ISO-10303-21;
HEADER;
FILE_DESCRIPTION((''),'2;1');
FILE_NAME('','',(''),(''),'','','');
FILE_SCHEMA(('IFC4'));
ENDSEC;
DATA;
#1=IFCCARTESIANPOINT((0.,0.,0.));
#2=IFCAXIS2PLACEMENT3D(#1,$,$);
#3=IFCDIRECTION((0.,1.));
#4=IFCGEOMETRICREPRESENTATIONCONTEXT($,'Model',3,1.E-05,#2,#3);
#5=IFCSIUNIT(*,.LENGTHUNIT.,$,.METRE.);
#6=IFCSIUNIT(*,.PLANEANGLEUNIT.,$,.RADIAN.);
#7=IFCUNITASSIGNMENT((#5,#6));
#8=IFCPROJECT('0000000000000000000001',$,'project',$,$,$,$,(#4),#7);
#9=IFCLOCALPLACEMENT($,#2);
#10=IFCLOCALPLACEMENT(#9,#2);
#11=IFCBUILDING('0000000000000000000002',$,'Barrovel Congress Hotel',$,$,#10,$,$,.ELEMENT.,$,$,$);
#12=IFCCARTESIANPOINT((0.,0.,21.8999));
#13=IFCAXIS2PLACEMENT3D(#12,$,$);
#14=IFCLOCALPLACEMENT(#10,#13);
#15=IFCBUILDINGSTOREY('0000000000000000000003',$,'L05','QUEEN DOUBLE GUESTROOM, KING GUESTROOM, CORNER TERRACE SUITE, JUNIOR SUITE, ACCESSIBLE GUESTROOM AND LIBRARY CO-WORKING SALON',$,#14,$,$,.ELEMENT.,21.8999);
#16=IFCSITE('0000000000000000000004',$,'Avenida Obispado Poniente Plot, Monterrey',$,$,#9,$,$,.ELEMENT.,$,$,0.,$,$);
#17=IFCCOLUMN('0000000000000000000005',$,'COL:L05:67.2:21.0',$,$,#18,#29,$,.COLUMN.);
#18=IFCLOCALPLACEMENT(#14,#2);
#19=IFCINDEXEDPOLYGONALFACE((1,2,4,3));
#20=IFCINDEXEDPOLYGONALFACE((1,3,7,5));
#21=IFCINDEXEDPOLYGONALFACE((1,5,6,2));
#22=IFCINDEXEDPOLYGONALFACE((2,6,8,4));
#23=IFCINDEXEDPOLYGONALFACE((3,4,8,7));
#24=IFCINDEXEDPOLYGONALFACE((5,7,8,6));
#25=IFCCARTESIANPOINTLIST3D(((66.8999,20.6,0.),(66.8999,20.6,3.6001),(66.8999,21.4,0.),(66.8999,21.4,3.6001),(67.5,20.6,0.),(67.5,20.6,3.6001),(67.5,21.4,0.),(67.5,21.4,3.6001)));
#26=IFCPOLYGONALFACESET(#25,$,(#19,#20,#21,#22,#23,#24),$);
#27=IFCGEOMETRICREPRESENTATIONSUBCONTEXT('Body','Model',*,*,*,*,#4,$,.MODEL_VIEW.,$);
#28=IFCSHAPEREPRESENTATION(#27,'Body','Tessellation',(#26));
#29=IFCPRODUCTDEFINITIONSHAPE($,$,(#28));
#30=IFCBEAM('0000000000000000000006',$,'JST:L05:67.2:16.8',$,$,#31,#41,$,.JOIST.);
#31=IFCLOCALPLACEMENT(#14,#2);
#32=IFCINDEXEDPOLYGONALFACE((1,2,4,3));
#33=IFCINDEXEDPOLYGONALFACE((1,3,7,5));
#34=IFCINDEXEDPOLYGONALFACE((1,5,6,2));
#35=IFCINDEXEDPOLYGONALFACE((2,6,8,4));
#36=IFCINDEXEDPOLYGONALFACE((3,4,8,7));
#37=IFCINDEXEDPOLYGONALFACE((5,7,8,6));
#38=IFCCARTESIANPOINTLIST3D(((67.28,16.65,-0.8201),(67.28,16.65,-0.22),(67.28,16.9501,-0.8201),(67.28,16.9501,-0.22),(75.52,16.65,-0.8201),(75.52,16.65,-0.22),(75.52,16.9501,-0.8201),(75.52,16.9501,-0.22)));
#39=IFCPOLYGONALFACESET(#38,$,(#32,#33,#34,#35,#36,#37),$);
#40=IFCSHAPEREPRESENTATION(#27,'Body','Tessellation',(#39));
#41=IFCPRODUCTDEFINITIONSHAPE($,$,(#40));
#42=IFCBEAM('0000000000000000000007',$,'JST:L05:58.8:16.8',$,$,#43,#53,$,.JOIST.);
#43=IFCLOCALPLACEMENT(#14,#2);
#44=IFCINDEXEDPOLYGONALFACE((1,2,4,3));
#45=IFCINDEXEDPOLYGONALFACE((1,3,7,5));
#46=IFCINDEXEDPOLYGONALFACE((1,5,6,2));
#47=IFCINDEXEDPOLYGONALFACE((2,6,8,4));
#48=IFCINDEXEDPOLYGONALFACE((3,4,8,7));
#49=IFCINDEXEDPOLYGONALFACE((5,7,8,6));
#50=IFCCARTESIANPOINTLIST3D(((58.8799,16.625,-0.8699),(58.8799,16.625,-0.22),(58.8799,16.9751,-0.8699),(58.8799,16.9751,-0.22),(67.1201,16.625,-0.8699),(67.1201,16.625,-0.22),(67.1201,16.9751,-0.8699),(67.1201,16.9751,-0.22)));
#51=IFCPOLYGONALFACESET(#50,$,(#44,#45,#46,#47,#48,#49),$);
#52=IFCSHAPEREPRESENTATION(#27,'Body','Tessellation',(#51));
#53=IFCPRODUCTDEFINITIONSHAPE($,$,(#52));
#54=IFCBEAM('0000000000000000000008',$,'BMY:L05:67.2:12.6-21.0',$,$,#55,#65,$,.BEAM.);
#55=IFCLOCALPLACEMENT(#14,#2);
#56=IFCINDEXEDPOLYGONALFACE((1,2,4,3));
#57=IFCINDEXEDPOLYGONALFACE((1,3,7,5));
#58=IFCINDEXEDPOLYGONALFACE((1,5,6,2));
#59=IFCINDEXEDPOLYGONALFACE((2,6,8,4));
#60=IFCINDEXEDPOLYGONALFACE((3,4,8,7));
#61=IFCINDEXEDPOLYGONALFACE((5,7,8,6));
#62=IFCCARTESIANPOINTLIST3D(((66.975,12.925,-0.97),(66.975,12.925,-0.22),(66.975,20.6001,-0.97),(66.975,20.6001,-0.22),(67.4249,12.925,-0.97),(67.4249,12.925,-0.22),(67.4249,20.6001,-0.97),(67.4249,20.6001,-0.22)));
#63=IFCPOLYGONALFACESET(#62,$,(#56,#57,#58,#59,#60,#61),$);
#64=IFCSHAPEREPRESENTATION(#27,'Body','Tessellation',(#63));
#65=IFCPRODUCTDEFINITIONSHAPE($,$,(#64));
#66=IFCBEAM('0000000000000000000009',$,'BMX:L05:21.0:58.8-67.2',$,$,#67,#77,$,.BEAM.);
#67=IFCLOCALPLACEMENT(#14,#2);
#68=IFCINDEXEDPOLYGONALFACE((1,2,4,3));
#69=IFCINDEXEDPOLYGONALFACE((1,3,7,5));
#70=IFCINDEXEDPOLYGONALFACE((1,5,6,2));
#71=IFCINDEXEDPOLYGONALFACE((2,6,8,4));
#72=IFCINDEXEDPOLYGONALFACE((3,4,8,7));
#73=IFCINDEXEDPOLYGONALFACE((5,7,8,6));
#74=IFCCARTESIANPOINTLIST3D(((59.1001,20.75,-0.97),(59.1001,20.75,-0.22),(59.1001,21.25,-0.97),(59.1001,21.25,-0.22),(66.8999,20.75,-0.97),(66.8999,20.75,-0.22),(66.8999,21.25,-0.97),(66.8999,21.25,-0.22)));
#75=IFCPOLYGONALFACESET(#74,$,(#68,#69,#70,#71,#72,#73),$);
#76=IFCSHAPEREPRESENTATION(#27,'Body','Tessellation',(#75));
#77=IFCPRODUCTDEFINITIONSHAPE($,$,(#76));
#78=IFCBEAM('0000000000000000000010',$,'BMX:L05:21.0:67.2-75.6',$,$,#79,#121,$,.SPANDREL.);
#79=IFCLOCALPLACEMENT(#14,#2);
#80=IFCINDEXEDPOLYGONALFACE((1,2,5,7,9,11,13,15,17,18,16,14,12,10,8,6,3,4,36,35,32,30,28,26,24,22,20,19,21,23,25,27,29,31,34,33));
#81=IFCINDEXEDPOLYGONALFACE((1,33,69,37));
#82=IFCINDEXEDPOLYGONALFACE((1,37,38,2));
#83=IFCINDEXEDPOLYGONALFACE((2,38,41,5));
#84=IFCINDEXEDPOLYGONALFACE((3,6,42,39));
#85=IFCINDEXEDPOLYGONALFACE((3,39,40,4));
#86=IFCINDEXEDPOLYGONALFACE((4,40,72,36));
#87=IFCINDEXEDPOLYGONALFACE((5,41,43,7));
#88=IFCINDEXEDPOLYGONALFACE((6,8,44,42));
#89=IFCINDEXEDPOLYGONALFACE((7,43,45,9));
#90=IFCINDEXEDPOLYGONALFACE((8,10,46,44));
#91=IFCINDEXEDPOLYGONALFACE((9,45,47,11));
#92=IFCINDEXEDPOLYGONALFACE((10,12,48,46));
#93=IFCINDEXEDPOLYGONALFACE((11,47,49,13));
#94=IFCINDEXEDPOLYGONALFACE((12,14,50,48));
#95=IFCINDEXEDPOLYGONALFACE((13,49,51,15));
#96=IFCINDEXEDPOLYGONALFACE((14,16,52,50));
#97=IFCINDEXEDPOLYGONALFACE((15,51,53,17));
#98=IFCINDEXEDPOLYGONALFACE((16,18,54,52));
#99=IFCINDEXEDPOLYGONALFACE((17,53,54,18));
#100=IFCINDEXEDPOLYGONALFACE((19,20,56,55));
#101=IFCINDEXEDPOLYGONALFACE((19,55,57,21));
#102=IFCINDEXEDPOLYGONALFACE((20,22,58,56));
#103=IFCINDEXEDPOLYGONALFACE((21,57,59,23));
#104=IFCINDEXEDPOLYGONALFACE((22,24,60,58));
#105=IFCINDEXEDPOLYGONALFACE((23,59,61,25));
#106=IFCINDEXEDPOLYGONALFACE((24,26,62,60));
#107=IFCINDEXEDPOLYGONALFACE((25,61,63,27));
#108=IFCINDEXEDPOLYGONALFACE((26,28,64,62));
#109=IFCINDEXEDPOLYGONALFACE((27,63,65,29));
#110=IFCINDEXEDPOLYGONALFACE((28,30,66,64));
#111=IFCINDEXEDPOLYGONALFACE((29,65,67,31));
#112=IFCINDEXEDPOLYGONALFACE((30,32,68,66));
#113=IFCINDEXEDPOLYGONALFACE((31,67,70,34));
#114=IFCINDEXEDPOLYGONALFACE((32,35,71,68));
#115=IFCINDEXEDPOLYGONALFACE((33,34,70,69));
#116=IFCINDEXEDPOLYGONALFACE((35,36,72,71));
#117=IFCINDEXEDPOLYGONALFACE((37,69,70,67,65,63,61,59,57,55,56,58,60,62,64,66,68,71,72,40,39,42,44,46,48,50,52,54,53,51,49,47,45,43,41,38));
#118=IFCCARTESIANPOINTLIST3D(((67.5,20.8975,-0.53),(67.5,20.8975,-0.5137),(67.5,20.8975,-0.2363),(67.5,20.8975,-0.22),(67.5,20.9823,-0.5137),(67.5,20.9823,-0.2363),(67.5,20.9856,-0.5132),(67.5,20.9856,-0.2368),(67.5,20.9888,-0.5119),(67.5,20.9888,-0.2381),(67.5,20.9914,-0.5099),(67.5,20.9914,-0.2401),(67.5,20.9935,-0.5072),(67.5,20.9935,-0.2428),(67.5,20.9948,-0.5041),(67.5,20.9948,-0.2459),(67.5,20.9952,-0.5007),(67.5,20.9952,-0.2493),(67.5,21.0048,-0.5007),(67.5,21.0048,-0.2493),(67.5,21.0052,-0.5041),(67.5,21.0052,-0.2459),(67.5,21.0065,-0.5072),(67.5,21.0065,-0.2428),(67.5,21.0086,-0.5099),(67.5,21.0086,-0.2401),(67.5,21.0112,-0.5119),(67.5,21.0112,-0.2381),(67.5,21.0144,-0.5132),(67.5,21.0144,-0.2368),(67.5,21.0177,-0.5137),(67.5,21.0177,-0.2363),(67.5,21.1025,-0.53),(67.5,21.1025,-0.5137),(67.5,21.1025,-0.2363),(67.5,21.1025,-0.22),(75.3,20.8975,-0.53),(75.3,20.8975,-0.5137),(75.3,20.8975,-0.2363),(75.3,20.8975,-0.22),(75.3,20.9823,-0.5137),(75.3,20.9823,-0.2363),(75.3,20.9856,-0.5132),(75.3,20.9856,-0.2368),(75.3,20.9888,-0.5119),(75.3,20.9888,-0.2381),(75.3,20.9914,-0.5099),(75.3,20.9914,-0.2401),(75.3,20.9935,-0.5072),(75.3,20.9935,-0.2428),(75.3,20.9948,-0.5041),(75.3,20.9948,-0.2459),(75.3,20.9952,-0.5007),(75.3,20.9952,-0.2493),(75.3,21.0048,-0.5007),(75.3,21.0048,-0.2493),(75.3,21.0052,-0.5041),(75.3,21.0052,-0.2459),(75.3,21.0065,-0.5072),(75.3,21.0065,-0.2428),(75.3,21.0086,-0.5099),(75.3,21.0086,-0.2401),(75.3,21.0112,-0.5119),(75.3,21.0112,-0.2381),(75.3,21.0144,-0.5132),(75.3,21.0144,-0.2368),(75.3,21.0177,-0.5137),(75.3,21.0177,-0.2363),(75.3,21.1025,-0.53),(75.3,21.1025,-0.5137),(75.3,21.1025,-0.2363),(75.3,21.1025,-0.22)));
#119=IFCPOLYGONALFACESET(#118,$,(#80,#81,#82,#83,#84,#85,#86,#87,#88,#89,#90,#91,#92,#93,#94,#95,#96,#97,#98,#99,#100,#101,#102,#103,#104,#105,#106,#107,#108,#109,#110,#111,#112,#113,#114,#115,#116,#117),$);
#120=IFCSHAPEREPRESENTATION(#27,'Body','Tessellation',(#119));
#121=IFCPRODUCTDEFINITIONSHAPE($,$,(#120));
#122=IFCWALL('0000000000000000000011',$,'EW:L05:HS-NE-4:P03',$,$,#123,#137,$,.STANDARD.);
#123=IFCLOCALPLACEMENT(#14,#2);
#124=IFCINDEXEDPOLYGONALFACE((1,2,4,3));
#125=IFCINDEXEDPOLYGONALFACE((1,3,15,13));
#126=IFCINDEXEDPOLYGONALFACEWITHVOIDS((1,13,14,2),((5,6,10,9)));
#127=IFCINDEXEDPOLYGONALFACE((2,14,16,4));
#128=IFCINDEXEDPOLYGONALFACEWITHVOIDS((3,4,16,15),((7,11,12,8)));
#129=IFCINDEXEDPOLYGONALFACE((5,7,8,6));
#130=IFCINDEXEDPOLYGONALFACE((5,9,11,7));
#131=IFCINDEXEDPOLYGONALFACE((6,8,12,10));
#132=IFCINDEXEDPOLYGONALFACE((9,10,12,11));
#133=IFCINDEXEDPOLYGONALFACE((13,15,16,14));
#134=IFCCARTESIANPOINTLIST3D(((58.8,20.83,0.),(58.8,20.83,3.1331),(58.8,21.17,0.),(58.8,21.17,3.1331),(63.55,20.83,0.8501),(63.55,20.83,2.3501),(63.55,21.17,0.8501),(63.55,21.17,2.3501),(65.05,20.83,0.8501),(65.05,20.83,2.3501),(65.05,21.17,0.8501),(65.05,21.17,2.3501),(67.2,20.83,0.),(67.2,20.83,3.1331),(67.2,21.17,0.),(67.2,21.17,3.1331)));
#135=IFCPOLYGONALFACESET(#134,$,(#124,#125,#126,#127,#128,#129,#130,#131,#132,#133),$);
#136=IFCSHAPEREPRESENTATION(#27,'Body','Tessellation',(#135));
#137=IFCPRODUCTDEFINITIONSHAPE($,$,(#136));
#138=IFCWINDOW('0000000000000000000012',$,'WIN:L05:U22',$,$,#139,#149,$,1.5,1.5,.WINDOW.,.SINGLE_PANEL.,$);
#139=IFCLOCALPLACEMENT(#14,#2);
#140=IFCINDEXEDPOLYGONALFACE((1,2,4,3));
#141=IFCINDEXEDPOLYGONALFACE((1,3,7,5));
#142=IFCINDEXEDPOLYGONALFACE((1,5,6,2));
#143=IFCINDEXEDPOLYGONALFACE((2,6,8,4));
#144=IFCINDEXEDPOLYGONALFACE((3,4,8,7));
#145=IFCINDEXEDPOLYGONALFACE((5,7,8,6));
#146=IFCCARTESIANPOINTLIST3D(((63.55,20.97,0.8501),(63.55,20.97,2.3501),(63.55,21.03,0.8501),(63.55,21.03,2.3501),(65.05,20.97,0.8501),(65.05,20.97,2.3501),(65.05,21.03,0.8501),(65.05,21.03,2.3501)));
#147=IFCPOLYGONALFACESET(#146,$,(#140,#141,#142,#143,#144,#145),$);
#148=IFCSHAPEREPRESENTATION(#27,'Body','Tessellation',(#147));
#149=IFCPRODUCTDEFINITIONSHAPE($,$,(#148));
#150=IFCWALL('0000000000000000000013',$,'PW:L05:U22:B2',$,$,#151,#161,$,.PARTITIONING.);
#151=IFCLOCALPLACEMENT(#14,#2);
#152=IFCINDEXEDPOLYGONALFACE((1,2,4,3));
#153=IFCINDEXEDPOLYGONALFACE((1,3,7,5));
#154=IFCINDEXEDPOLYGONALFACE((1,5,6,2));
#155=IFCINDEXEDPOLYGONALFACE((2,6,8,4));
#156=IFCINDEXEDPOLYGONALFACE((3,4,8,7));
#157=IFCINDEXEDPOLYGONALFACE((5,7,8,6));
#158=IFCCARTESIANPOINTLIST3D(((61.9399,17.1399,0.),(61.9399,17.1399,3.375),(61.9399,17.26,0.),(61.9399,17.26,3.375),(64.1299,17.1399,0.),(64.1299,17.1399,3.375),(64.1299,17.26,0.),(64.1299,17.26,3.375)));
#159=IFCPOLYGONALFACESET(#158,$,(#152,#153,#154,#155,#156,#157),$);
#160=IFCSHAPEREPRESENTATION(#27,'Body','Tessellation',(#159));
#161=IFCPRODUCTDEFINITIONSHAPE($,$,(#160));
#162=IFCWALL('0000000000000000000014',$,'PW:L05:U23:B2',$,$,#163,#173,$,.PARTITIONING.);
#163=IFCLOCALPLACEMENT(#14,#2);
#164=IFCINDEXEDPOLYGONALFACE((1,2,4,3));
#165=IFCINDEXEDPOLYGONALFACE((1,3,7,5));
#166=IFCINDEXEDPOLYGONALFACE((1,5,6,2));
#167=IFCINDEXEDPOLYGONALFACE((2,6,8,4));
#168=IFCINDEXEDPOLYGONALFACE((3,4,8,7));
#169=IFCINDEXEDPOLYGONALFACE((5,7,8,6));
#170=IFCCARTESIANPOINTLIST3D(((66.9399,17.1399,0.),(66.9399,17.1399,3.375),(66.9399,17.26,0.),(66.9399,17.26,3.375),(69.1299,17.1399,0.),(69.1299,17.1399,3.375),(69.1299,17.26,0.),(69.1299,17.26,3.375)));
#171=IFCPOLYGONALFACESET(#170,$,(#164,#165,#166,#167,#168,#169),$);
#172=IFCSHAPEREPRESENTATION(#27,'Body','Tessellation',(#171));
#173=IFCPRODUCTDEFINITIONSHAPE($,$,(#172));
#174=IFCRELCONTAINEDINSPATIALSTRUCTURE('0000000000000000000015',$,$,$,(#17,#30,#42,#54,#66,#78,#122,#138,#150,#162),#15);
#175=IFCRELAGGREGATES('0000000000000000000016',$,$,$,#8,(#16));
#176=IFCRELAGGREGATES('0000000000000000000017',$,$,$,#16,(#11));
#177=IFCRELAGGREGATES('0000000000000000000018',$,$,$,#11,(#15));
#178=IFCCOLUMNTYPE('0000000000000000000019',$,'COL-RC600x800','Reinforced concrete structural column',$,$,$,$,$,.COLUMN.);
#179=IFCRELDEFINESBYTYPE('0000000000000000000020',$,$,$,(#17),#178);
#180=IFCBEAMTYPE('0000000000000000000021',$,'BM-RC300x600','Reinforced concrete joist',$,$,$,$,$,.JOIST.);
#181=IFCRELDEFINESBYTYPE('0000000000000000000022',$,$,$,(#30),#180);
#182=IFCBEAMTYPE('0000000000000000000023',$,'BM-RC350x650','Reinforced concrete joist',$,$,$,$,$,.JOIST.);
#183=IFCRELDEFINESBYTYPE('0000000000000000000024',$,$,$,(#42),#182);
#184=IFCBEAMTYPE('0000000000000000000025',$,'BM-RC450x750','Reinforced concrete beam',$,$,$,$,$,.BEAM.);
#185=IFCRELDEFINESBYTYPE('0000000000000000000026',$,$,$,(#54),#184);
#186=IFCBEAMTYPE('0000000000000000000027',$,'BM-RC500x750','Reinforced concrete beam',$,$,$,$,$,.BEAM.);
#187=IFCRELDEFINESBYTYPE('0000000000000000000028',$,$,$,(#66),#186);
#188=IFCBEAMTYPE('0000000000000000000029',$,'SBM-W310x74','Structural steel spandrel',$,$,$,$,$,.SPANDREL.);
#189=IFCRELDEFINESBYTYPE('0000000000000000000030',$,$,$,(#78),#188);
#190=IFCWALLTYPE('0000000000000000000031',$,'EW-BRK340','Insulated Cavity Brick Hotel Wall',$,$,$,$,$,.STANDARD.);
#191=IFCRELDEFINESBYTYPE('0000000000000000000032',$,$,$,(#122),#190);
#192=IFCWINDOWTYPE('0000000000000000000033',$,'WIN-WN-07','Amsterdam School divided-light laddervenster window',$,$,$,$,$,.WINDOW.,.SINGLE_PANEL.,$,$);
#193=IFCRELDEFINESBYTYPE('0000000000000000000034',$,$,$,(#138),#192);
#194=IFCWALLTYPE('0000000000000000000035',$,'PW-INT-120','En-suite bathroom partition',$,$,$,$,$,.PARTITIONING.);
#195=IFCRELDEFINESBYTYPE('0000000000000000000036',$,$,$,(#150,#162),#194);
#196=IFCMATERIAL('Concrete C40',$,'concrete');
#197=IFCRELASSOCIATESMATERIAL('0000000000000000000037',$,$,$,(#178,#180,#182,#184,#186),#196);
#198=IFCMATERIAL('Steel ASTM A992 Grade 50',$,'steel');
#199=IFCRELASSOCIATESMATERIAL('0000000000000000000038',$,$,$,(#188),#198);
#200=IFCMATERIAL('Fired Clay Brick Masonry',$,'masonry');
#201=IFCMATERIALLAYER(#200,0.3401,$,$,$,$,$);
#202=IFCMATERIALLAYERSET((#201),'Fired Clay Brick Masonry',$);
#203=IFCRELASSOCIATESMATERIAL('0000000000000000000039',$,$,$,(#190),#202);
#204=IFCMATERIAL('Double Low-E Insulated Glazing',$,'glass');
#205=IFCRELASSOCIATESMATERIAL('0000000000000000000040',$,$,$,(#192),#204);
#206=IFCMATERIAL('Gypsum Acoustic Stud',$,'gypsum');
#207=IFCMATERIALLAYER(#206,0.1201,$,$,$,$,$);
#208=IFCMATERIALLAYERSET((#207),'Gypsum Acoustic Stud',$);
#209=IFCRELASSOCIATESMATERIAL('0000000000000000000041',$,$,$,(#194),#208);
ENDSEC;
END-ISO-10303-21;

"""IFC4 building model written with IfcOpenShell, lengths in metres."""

from ifc_helpers import new_model, si_unit, direction, frame, frame_2d, origin, origin_2d, place, context, subcontext, project, spatial, rectangle, i_section, extrude, material, layer, layer_set, material_profile, profile_set, type_object, element, fill, save


model = new_model("IFC4")

# Units and contexts
model_context = context("Model", 3, precision=1e-05, world=origin(), true_north=direction((0.0, 1.0)))
body_context = subcontext(model_context, "Body", "Model", "MODEL_VIEW")
ifc_project = project(units=[si_unit("LENGTHUNIT", "METRE"), si_unit("PLANEANGLEUNIT", "RADIAN")], contexts=[model_context])

# Site, building, storey
site_placement = place(None, origin())
site = spatial("IfcSite", under=ifc_project, at=site_placement, Name="Avenida Obispado Poniente Plot, Monterrey", CompositionType="ELEMENT", RefElevation=0.0)
building_placement = place(site_placement, origin())
building = spatial("IfcBuilding", under=site, at=building_placement, Name="Barrovel Congress Hotel", CompositionType="ELEMENT")
storey_placement = place(building_placement, frame((0.0, 0.0, 21.8999)))
storey = spatial("IfcBuildingStorey", under=building, at=storey_placement, Name="L05", Description="QUEEN DOUBLE GUESTROOM, KING GUESTROOM, CORNER TERRACE SUITE, JUNIOR SUITE, ACCESSIBLE GUESTROOM AND LIBRARY CO-WORKING SALON", CompositionType="ELEMENT", Elevation=21.8999)

# Column
ifc_material_1 = material(Name="Concrete C40", Category="concrete")
ifc_material_profile_1 = material_profile(ifc_material_1, rectangle(XDim=0.6001, YDim=0.8, at=origin_2d()), Name="RC600x800")
ifc_profile_set_1 = profile_set([ifc_material_profile_1], Name="Concrete C40")
column_type = type_object("IfcColumnType", Name="COL-RC600x800", Description="Reinforced concrete structural column", PredefinedType="COLUMN", material=ifc_profile_set_1)
column_placement = place(storey_placement, frame((67.2, 21.0, 0.0), z_axis=(0.0, 0.0, 1.0), x_axis=(1.0, 0.0, 0.0)))
element("IfcColumn", 1, at=column_placement, inside=storey, type_object=column_type, Name="COL:L05:67.2:21.0", PredefinedType="COLUMN", context=body_context, shape_type="SweptSolid", body=[
    extrude(rectangle(XDim=0.6001, YDim=0.8, at=origin_2d()), origin(), (0.0, 0.0, 1.0), 3.6001),
])

# Beams
ifc_material_profile_2 = material_profile(ifc_material_1, rectangle(XDim=0.3, YDim=0.6001, at=origin_2d()), Name="RC300x600")
ifc_profile_set_2 = profile_set([ifc_material_profile_2], Name="Concrete C40")
beam_type_1 = type_object("IfcBeamType", Name="BM-RC300x600", Description="Reinforced concrete joist", PredefinedType="JOIST", material=ifc_profile_set_2)
beam_1_placement = place(storey_placement, frame((67.28, 16.8, -0.52), z_axis=(1.0, 0.0, 0.0), x_axis=(0.0, 1.0, 0.0)))
element("IfcBeam", 2, at=beam_1_placement, inside=storey, type_object=beam_type_1, Name="JST:L05:67.2:16.8", PredefinedType="JOIST", context=body_context, shape_type="SweptSolid", body=[
    extrude(rectangle(XDim=0.3, YDim=0.6001, at=origin_2d()), origin(), (0.0, 0.0, 1.0), 8.24),
])
ifc_material_profile_3 = material_profile(ifc_material_1, rectangle(XDim=0.3501, YDim=0.6499, at=origin_2d()), Name="RC350x650")
ifc_profile_set_3 = profile_set([ifc_material_profile_3], Name="Concrete C40")
beam_type_2 = type_object("IfcBeamType", Name="BM-RC350x650", Description="Reinforced concrete joist", PredefinedType="JOIST", material=ifc_profile_set_3)
beam_2_placement = place(storey_placement, frame((58.8799, 16.8, -0.5449), z_axis=(1.0, 0.0, 0.0), x_axis=(0.0, 1.0, 0.0)))
element("IfcBeam", 3, at=beam_2_placement, inside=storey, type_object=beam_type_2, Name="JST:L05:58.8:16.8", PredefinedType="JOIST", context=body_context, shape_type="SweptSolid", body=[
    extrude(rectangle(XDim=0.3501, YDim=0.6499, at=origin_2d()), origin(), (0.0, 0.0, 1.0), 8.2402),
])
ifc_material_profile_4 = material_profile(ifc_material_1, rectangle(XDim=0.45, YDim=0.75, at=origin_2d()), Name="RC450x750")
ifc_profile_set_4 = profile_set([ifc_material_profile_4], Name="Concrete C40")
beam_type_3 = type_object("IfcBeamType", Name="BM-RC450x750", Description="Reinforced concrete beam", PredefinedType="BEAM", material=ifc_profile_set_4)
beam_3_placement = place(storey_placement, frame((67.2, 12.925, -0.595), z_axis=(0.0, 1.0, 0.0), x_axis=(-1.0, 0.0, 0.0)))
element("IfcBeam", 4, at=beam_3_placement, inside=storey, type_object=beam_type_3, Name="BMY:L05:67.2:12.6-21.0", PredefinedType="BEAM", context=body_context, shape_type="SweptSolid", body=[
    extrude(rectangle(XDim=0.45, YDim=0.75, at=origin_2d()), origin(), (0.0, 0.0, 1.0), 7.675),
])
ifc_material_profile_5 = material_profile(ifc_material_1, rectangle(XDim=0.5, YDim=0.75, at=origin_2d()), Name="RC500x750")
ifc_profile_set_5 = profile_set([ifc_material_profile_5], Name="Concrete C40")
beam_type_4 = type_object("IfcBeamType", Name="BM-RC500x750", Description="Reinforced concrete beam", PredefinedType="BEAM", material=ifc_profile_set_5)
beam_4_placement = place(storey_placement, frame((59.1001, 21.0, -0.595), z_axis=(1.0, 0.0, 0.0), x_axis=(0.0, 1.0, 0.0)))
element("IfcBeam", 5, at=beam_4_placement, inside=storey, type_object=beam_type_4, Name="BMX:L05:21.0:58.8-67.2", PredefinedType="BEAM", context=body_context, shape_type="SweptSolid", body=[
    extrude(rectangle(XDim=0.5, YDim=0.75, at=origin_2d()), origin(), (0.0, 0.0, 1.0), 7.7998),
])
ifc_material_2 = material(Name="Steel ASTM A992 Grade 50", Category="steel")
ifc_material_profile_6 = material_profile(ifc_material_2, i_section(OverallWidth=0.2051, OverallDepth=0.3101, WebThickness=0.0095, FlangeThickness=0.0164, FilletRadius=0.0129, at=origin_2d()), Name="W310x74")
ifc_profile_set_6 = profile_set([ifc_material_profile_6], Name="Steel ASTM A992 Grade 50")
beam_type_5 = type_object("IfcBeamType", Name="SBM-W310x74", Description="Structural steel spandrel", PredefinedType="SPANDREL", material=ifc_profile_set_6)
beam_5_placement = place(storey_placement, frame((67.5, 21.0, -0.375), z_axis=(1.0, 0.0, 0.0), x_axis=(0.0, 1.0, 0.0)))
element("IfcBeam", 6, at=beam_5_placement, inside=storey, type_object=beam_type_5, Name="BMX:L05:21.0:67.2-75.6", PredefinedType="SPANDREL", context=body_context, shape_type="SweptSolid", body=[
    extrude(i_section(OverallWidth=0.2051, OverallDepth=0.3101, WebThickness=0.0095, FlangeThickness=0.0164, FilletRadius=0.0129, at=origin_2d()), origin(), (0.0, 0.0, 1.0), 7.8),
])

# Wall, opening, window
ifc_material_3 = material(Name="Fired Clay Brick Masonry", Category="masonry")
ifc_layer_1 = layer(ifc_material_3, 0.3401)
ifc_layer_set_1 = layer_set([ifc_layer_1], Name="Fired Clay Brick Masonry")
wall_type_1 = type_object("IfcWallType", Name="EW-BRK340", Description="Insulated Cavity Brick Hotel Wall", PredefinedType="STANDARD", material=ifc_layer_set_1)
wall_1_placement = place(storey_placement, frame((67.2, 21.0, 0.0), z_axis=(0.0, 0.0, 1.0), x_axis=(-1.0, 0.0, 0.0)))
wall_1 = element("IfcWall", 7, at=wall_1_placement, inside=storey, type_object=wall_type_1, Name="EW:L05:HS-NE-4:P03", PredefinedType="STANDARD", context=body_context, shape_type="SweptSolid", body=[
    extrude(rectangle(XDim=8.3999, YDim=0.3401, at=frame_2d((4.2, 0.0))), origin(), (0.0, 0.0, 1.0), 3.1331),
])
opening_1_placement = place(wall_1_placement, frame((2.1499, 0.0, 0.8501)))
opening_1 = element("IfcOpeningElement", 8, at=opening_1_placement, cuts=wall_1, PredefinedType="OPENING", context=body_context, shape_type="SweptSolid", body=[
    extrude(rectangle(XDim=1.5, YDim=1.5, at=frame_2d((0.75, 0.75))), frame((0.0, 0.1802, 0.0), z_axis=(0.0, -1.0, 0.0), x_axis=(1.0, 0.0, 0.0)), (0.0, 0.0, 1.0), 0.3601),
])
ifc_material_4 = material(Name="Double Low-E Insulated Glazing", Category="glass")
window_type = type_object("IfcWindowType", Name="WIN-WN-07", Description="Amsterdam School divided-light laddervenster window", PartitioningType="SINGLE_PANEL", PredefinedType="WINDOW", material=ifc_material_4)
window_placement = place(opening_1_placement, origin())
window = element("IfcWindow", 9, at=window_placement, inside=storey, type_object=window_type, Name="WIN:L05:U22", OverallHeight=1.5, OverallWidth=1.5, PartitioningType="SINGLE_PANEL", PredefinedType="WINDOW", context=body_context, shape_type="SweptSolid", body=[
    extrude(rectangle(XDim=1.5, YDim=1.5, at=frame_2d((0.75, 0.75))), frame((0.0, 0.03, 0.0), z_axis=(0.0, -1.0, 0.0), x_axis=(1.0, 0.0, 0.0)), (0.0, 0.0, 1.0), 0.0601),
])
fill(opening_1, window)

# Shared definitions
ifc_material_5 = material(Name="Gypsum Acoustic Stud", Category="gypsum")

# Walls
ifc_layer_2 = layer(ifc_material_5, 0.1201)
ifc_layer_set_2 = layer_set([ifc_layer_2], Name="Gypsum Acoustic Stud")
wall_type_2 = type_object("IfcWallType", Name="PW-INT-120", Description="En-suite bathroom partition", PredefinedType="PARTITIONING", material=ifc_layer_set_2)
for number, where, z_axis, x_axis, name in (
    (10, (61.9399, 17.2, 0.0), (0.0, 0.0, 1.0), (1.0, 0.0, 0.0), "PW:L05:U22:B2"),
    (11, (66.9399, 17.2, 0.0), (0.0, 0.0, 1.0), (1.0, 0.0, 0.0), "PW:L05:U23:B2"),
):
    element("IfcWall", number, at=place(storey_placement, frame(where, z_axis=z_axis, x_axis=x_axis)), inside=storey, type_object=wall_type_2, Name=name, PredefinedType="PARTITIONING", context=body_context, shape_type="SweptSolid", body=[
        extrude(rectangle(XDim=2.1899, YDim=0.1201, at=frame_2d((1.095, 0.0))), origin(), (0.0, 0.0, 1.0), 3.375),
    ])

save(model, "model.ifc")
